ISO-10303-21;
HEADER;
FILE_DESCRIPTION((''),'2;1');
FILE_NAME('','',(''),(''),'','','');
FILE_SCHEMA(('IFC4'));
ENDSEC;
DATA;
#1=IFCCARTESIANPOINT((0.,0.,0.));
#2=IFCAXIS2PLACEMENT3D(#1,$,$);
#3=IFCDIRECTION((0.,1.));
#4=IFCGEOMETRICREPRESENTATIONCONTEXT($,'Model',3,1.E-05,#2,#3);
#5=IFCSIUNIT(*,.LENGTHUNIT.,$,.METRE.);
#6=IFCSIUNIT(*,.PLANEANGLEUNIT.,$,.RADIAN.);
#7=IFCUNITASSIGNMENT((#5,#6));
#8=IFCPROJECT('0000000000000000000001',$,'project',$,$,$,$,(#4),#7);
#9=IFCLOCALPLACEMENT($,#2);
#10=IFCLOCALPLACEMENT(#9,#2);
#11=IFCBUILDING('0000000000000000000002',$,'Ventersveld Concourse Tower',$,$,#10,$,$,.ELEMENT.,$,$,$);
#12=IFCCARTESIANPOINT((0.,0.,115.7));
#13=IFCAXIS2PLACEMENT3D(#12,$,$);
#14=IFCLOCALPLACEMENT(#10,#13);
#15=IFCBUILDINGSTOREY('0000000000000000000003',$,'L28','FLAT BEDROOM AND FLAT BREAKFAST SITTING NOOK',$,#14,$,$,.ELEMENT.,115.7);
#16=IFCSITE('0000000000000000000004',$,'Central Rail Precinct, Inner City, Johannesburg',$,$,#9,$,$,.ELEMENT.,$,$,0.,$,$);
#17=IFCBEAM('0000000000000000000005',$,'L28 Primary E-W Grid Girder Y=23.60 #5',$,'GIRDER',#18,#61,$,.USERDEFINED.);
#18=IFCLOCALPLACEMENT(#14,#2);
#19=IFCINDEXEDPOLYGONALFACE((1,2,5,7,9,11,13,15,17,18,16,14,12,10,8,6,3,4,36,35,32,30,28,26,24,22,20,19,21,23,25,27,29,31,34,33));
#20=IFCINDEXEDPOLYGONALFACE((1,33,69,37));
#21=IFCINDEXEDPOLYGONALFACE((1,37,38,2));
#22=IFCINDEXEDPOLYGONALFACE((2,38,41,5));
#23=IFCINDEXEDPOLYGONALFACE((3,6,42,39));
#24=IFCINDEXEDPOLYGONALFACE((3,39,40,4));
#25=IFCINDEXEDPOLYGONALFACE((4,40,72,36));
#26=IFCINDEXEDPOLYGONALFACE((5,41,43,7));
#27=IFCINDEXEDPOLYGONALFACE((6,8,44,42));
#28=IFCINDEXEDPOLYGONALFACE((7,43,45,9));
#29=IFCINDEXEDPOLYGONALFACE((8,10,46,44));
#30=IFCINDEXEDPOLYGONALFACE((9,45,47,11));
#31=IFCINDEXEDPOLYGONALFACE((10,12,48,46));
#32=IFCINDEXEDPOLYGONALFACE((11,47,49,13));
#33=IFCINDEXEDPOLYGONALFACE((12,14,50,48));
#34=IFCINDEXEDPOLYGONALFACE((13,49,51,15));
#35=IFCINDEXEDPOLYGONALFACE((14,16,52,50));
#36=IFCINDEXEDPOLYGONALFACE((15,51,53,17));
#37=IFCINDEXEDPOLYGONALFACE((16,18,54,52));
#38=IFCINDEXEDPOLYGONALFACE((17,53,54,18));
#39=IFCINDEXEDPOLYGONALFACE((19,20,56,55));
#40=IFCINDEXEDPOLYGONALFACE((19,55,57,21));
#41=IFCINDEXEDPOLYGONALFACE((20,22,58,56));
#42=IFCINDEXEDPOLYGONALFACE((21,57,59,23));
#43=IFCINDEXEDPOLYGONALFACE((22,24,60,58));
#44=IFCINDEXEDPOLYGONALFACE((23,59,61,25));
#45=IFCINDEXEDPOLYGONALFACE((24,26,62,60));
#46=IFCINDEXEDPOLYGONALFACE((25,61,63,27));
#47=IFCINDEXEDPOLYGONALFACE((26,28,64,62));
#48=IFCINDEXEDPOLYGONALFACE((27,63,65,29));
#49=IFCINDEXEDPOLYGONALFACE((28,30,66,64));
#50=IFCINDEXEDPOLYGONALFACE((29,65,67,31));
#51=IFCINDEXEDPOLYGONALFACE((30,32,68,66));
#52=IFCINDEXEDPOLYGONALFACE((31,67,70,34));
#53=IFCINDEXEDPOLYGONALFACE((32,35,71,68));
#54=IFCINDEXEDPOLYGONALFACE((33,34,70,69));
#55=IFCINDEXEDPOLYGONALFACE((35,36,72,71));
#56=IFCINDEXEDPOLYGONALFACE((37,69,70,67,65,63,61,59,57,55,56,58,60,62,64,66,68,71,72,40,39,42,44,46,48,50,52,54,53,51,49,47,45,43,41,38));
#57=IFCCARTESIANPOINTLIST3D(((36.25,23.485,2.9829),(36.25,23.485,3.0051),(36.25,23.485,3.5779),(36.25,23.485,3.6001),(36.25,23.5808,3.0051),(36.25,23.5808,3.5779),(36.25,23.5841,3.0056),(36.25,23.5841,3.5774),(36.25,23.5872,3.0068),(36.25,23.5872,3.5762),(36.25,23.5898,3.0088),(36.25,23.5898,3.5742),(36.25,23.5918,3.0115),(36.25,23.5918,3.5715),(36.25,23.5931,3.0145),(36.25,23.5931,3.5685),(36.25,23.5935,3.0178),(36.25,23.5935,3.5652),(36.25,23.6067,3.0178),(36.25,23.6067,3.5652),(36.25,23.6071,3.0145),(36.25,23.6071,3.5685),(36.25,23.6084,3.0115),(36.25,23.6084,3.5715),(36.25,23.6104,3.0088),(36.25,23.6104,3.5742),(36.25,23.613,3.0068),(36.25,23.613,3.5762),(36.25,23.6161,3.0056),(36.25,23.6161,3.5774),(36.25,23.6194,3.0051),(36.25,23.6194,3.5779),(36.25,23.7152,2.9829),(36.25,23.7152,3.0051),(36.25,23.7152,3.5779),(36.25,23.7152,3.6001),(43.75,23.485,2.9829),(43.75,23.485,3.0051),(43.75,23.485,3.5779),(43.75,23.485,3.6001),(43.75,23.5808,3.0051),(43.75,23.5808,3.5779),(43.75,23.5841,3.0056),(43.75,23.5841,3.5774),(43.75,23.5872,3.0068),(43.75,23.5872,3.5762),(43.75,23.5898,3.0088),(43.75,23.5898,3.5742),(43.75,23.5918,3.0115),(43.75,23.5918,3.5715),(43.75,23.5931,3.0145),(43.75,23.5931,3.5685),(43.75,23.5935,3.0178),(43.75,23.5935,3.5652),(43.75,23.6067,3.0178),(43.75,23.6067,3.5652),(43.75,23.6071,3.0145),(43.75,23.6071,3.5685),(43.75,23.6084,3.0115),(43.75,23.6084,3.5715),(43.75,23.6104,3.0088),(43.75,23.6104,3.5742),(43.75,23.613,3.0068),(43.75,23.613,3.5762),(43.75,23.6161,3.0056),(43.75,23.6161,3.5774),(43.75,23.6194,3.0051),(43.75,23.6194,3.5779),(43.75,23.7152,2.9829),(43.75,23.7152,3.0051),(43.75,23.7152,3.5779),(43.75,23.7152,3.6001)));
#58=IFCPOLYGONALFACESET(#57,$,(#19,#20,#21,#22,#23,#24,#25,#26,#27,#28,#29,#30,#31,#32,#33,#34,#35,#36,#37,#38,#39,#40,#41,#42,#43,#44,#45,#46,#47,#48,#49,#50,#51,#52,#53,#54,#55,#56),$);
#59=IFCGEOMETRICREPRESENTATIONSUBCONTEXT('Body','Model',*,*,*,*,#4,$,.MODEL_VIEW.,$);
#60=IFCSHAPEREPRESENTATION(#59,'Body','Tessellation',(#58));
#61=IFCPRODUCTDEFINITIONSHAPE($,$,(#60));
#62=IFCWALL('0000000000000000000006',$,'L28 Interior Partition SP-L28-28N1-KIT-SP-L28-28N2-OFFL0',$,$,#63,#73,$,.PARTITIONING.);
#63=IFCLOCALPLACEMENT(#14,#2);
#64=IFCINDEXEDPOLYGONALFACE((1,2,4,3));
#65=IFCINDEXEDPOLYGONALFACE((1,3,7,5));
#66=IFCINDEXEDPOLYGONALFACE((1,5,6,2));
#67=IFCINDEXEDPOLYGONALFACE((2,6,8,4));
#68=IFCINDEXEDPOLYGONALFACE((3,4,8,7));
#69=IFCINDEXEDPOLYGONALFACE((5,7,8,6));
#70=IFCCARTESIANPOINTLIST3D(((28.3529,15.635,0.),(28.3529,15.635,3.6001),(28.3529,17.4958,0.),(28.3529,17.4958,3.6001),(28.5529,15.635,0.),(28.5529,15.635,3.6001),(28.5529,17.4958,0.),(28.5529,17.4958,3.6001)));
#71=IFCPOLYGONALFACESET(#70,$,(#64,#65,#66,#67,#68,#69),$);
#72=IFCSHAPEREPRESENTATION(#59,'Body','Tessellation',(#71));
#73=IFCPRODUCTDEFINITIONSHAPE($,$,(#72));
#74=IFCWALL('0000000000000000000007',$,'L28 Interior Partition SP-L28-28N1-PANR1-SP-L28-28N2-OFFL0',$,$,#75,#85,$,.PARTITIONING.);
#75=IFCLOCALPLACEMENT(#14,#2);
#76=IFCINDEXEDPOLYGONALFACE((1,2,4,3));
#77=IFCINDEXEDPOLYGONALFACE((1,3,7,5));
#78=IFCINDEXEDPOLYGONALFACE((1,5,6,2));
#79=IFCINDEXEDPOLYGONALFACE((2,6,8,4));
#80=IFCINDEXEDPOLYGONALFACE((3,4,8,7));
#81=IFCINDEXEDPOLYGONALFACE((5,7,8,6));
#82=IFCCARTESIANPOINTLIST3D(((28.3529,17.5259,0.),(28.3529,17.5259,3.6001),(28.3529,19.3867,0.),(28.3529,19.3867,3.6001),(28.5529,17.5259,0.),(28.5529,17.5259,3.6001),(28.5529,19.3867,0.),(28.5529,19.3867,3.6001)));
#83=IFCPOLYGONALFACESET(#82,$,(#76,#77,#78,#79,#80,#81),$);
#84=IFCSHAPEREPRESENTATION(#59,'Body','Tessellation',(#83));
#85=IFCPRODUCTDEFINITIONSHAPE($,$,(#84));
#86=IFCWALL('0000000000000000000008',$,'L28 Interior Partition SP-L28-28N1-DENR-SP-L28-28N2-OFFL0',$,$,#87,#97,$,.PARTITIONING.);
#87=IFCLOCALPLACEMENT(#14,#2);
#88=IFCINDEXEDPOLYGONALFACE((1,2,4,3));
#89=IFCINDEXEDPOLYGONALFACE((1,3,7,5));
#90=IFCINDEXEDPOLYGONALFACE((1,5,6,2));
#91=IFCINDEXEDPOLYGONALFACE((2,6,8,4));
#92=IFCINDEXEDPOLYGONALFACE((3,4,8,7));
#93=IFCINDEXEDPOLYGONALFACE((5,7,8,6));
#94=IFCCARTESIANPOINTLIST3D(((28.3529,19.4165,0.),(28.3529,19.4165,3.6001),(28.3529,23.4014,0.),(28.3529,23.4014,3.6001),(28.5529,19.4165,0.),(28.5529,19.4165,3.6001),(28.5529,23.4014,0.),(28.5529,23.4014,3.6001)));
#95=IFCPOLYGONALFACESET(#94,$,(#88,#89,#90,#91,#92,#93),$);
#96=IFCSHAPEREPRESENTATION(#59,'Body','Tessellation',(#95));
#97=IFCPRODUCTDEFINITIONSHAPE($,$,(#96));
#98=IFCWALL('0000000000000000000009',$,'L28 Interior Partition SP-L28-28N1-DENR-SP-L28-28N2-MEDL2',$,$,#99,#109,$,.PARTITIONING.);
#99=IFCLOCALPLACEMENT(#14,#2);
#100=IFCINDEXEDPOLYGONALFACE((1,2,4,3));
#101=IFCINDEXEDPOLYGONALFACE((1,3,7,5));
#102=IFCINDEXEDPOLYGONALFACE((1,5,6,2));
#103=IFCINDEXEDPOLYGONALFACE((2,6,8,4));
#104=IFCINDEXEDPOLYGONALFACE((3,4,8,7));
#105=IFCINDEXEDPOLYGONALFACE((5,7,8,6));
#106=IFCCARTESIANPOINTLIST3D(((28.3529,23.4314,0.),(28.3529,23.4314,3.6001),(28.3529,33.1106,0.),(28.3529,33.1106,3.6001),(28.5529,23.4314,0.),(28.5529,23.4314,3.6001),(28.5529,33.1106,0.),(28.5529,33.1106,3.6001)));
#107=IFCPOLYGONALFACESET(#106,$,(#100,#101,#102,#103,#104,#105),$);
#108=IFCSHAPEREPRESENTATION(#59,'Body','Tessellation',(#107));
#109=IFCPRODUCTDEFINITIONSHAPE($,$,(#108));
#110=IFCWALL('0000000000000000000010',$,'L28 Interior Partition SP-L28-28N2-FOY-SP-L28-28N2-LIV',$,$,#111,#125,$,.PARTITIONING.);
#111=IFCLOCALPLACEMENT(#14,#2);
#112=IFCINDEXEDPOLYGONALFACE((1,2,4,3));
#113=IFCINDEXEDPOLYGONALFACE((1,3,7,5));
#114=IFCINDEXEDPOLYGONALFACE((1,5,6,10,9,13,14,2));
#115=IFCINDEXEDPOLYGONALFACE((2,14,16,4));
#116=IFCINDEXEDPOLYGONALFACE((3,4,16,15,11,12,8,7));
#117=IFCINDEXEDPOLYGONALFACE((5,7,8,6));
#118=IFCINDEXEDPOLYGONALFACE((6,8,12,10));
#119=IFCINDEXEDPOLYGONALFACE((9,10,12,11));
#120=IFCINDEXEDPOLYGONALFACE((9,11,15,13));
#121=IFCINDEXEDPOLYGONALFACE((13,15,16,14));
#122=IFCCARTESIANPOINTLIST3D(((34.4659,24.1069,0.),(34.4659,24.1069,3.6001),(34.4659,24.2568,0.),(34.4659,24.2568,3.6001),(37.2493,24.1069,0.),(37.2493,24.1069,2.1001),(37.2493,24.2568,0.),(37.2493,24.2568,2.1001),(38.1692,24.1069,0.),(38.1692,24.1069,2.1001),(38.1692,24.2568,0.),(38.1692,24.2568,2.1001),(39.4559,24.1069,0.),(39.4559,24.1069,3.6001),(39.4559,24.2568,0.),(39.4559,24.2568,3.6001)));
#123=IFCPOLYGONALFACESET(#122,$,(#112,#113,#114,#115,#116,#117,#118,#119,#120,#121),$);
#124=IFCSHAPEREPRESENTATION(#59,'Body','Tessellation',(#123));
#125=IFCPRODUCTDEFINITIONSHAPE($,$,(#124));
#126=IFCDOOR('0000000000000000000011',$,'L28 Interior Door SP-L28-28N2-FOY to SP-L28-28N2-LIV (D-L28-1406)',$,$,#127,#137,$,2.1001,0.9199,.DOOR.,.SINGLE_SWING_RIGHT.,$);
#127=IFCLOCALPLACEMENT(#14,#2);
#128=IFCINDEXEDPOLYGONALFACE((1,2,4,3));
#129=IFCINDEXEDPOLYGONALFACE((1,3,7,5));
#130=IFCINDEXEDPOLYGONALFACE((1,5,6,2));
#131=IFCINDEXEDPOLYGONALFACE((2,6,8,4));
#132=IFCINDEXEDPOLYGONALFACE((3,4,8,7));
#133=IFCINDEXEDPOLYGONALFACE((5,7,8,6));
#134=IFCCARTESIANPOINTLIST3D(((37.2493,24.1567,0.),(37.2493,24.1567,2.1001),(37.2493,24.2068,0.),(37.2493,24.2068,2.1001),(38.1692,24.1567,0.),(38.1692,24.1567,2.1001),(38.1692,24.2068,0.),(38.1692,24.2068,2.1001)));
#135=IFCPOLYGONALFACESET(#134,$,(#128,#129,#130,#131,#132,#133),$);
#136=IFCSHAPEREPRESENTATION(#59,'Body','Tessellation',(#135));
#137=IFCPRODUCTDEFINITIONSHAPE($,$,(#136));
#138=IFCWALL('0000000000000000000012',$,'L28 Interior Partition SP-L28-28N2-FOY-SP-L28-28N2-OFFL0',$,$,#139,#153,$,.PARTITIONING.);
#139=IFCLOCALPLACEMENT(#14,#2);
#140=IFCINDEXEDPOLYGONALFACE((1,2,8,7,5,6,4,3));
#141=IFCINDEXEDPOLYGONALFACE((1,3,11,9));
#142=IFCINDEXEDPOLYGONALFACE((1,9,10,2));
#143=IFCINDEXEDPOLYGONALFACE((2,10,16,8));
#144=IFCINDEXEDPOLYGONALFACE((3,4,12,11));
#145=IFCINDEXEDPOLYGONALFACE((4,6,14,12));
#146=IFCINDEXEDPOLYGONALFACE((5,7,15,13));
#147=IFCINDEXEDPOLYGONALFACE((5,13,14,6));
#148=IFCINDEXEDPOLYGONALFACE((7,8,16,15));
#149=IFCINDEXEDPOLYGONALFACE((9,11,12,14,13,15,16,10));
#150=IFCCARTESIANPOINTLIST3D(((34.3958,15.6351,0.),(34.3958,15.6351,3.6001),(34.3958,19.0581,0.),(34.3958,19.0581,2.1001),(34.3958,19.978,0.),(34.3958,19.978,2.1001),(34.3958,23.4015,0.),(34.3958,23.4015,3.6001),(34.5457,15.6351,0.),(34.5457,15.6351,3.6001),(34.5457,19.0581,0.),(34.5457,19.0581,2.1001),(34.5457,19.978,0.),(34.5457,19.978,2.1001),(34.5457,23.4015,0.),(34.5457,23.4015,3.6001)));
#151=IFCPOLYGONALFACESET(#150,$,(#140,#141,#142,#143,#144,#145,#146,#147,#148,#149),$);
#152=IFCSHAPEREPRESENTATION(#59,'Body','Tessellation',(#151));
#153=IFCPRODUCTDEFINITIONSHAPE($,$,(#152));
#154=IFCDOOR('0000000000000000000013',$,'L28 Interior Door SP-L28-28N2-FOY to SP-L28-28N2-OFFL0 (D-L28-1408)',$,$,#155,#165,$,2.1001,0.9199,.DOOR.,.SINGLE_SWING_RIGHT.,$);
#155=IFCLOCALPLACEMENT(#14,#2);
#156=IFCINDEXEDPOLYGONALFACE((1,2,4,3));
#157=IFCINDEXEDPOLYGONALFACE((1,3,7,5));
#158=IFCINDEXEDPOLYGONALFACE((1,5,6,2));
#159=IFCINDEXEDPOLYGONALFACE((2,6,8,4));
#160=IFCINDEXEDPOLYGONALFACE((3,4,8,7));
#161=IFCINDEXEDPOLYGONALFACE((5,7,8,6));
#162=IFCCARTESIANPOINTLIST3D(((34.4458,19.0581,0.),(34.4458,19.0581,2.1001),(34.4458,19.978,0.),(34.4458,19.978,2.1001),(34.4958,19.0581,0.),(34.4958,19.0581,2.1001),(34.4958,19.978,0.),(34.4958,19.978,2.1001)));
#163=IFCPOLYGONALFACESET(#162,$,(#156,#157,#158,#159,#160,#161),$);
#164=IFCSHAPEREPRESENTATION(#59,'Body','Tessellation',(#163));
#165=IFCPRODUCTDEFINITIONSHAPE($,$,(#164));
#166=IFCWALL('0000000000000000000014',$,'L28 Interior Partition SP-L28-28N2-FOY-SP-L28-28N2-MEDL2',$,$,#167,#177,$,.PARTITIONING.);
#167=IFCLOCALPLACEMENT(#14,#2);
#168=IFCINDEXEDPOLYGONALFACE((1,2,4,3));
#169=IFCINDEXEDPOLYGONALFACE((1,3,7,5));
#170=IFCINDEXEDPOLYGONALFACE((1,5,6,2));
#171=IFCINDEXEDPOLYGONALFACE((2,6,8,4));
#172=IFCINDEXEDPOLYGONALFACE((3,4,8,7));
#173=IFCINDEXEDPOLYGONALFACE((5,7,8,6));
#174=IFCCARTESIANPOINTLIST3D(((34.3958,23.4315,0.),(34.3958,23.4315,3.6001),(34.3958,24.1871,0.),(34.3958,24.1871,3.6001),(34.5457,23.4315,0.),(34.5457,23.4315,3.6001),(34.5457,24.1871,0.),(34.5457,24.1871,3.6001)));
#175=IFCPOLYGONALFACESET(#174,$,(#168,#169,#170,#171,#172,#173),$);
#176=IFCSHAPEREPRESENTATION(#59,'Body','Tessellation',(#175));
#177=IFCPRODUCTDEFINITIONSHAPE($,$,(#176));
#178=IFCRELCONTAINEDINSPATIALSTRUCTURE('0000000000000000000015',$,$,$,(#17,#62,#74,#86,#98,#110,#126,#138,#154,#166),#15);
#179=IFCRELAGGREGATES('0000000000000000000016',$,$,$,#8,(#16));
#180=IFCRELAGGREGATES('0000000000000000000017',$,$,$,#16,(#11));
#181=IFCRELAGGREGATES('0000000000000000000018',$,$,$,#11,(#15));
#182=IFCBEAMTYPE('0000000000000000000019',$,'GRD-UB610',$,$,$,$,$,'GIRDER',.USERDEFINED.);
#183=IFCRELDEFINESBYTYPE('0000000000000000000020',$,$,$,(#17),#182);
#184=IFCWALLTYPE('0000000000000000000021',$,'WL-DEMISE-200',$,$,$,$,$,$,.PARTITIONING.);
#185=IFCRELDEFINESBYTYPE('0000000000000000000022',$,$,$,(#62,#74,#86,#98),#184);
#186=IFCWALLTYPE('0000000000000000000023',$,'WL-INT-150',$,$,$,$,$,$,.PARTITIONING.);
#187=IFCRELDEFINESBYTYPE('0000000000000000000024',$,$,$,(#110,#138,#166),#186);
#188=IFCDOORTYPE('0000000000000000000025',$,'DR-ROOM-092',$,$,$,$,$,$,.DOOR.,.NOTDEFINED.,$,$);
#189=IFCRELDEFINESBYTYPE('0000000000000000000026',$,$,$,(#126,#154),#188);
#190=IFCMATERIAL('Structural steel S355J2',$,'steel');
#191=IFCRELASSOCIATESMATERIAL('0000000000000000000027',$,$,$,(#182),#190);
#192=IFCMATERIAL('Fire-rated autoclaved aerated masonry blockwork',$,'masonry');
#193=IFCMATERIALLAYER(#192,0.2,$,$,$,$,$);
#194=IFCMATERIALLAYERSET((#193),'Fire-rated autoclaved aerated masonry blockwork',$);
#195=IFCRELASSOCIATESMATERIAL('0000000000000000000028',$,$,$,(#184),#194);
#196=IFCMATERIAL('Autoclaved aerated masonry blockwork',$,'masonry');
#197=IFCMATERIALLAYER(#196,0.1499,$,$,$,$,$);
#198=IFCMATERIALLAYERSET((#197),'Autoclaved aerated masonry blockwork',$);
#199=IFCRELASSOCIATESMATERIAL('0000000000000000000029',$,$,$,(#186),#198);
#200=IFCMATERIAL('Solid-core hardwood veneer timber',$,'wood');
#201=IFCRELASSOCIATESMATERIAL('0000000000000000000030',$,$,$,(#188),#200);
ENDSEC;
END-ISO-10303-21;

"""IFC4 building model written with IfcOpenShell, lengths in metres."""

from ifc_helpers import new_model, si_unit, direction, frame, frame_2d, origin, origin_2d, place, context, subcontext, project, spatial, rectangle, i_section, extrude, material, layer, layer_set, material_profile, profile_set, type_object, element, fill, save


model = new_model("IFC4")

# Units and contexts
model_context = context("Model", 3, precision=1e-05, world=origin(), true_north=direction((0.0, 1.0)))
body_context = subcontext(model_context, "Body", "Model", "MODEL_VIEW")
ifc_project = project(units=[si_unit("LENGTHUNIT", "METRE"), si_unit("PLANEANGLEUNIT", "RADIAN")], contexts=[model_context])

# Site, building, storey
site_placement = place(None, origin())
site = spatial("IfcSite", under=ifc_project, at=site_placement, Name="Central Rail Precinct, Inner City, Johannesburg", CompositionType="ELEMENT", RefElevation=0.0)
building_placement = place(site_placement, origin())
building = spatial("IfcBuilding", under=site, at=building_placement, Name="Ventersveld Concourse Tower", CompositionType="ELEMENT")
storey_placement = place(building_placement, frame((0.0, 0.0, 115.7)))
storey = spatial("IfcBuildingStorey", under=building, at=storey_placement, Name="L28", Description="FLAT BEDROOM AND FLAT BREAKFAST SITTING NOOK", CompositionType="ELEMENT", Elevation=115.7)

# Beam
ifc_material_1 = material(Name="Structural steel S355J2", Category="steel")
ifc_material_profile_1 = material_profile(ifc_material_1, i_section(OverallWidth=0.2302, OverallDepth=0.6172, WebThickness=0.0132, FlangeThickness=0.0222, FilletRadius=0.0127, at=origin_2d()), Name="UB 610x229x140")
ifc_profile_set_1 = profile_set([ifc_material_profile_1], Name="Structural steel S355J2")
beam_type_1 = type_object("IfcBeamType", Name="GRD-UB610", ElementType="GIRDER", PredefinedType="USERDEFINED", material=ifc_profile_set_1)
for number, where, z_axis, x_axis, name in (
    (1, (36.25, 23.6001, 3.2915), (1.0, 0.0, 0.0), (0.0, 1.0, 0.0), "L28 Primary E-W Grid Girder Y=23.60 #5"),
):
    element("IfcBeam", number, at=place(storey_placement, frame(where, z_axis=z_axis, x_axis=x_axis)), inside=storey, type_object=beam_type_1, Name=name, ObjectType="GIRDER", PredefinedType="USERDEFINED", context=body_context, shape_type="SweptSolid", body=[
        extrude(i_section(OverallWidth=0.2302, OverallDepth=0.6172, WebThickness=0.0132, FlangeThickness=0.0222, FilletRadius=0.0127, at=origin_2d()), origin(), (0.0, 0.0, 1.0), 7.5),
    ])

# Walls
ifc_material_2 = material(Name="Fire-rated autoclaved aerated masonry blockwork", Category="masonry")
ifc_layer_1 = layer(ifc_material_2, 0.2)
ifc_layer_set_1 = layer_set([ifc_layer_1], Name="Fire-rated autoclaved aerated masonry blockwork")
wall_type_1 = type_object("IfcWallType", Name="WL-DEMISE-200", PredefinedType="PARTITIONING", material=ifc_layer_set_1)
for number, where, z_axis, x_axis, name in (
    (2, (28.4529, 15.635, 0.0), (0.0, 0.0, 1.0), (0.0, 1.0, 0.0), "L28 Interior Partition SP-L28-28N1-KIT-SP-L28-28N2-OFFL0"),
    (3, (28.4529, 17.5259, 0.0), (0.0, 0.0, 1.0), (0.0, 1.0, 0.0), "L28 Interior Partition SP-L28-28N1-PANR1-SP-L28-28N2-OFFL0"),
):
    element("IfcWall", number, at=place(storey_placement, frame(where, z_axis=z_axis, x_axis=x_axis)), inside=storey, type_object=wall_type_1, Name=name, PredefinedType="PARTITIONING", context=body_context, shape_type="SweptSolid", body=[
        extrude(rectangle(XDim=1.8608, YDim=0.2, at=frame_2d((0.9304, 0.0))), origin(), (0.0, 0.0, 1.0), 3.6001),
    ])
wall_1_placement = place(storey_placement, frame((28.4529, 19.4165, 0.0), z_axis=(0.0, 0.0, 1.0), x_axis=(0.0, 1.0, 0.0)))
element("IfcWall", 4, at=wall_1_placement, inside=storey, type_object=wall_type_1, Name="L28 Interior Partition SP-L28-28N1-DENR-SP-L28-28N2-OFFL0", PredefinedType="PARTITIONING", context=body_context, shape_type="SweptSolid", body=[
    extrude(rectangle(XDim=3.9849, YDim=0.2, at=frame_2d((1.9924, 0.0))), origin(), (0.0, 0.0, 1.0), 3.6001),
])
wall_2_placement = place(storey_placement, frame((28.4529, 23.4314, 0.0), z_axis=(0.0, 0.0, 1.0), x_axis=(0.0, 1.0, 0.0)))
element("IfcWall", 5, at=wall_2_placement, inside=storey, type_object=wall_type_1, Name="L28 Interior Partition SP-L28-28N1-DENR-SP-L28-28N2-MEDL2", PredefinedType="PARTITIONING", context=body_context, shape_type="SweptSolid", body=[
    extrude(rectangle(XDim=9.6792, YDim=0.2, at=frame_2d((4.8396, 0.0))), origin(), (0.0, 0.0, 1.0), 3.6001),
])

# Walls, openings, doors
ifc_material_3 = material(Name="Autoclaved aerated masonry blockwork", Category="masonry")
ifc_layer_2 = layer(ifc_material_3, 0.1499)
ifc_layer_set_2 = layer_set([ifc_layer_2], Name="Autoclaved aerated masonry blockwork")
wall_type_2 = type_object("IfcWallType", Name="WL-INT-150", PredefinedType="PARTITIONING", material=ifc_layer_set_2)
wall_3_placement = place(storey_placement, frame((34.4658, 24.1819, 0.0), z_axis=(0.0, 0.0, 1.0), x_axis=(1.0, 0.0, 0.0)))
wall_3 = element("IfcWall", 6, at=wall_3_placement, inside=storey, type_object=wall_type_2, Name="L28 Interior Partition SP-L28-28N2-FOY-SP-L28-28N2-LIV", PredefinedType="PARTITIONING", context=body_context, shape_type="SweptSolid", body=[
    extrude(rectangle(XDim=4.99, YDim=0.1499, at=frame_2d((2.4951, 0.0))), origin(), (0.0, 0.0, 1.0), 3.6001),
])
opening_1_placement = place(wall_3_placement, frame((2.7834, 0.0, 0.0)))
opening_1 = element("IfcOpeningElement", 7, at=opening_1_placement, cuts=wall_3, PredefinedType="OPENING", context=body_context, shape_type="SweptSolid", body=[
    extrude(rectangle(XDim=0.9199, YDim=2.1001, at=frame_2d((0.46, 1.05))), frame((0.0, 0.085, 0.0), z_axis=(0.0, -1.0, 0.0), x_axis=(1.0, 0.0, 0.0)), (0.0, 0.0, 1.0), 0.1699),
])
ifc_material_4 = material(Name="Solid-core hardwood veneer timber", Category="wood")
door_type = type_object("IfcDoorType", Name="DR-ROOM-092", OperationType="NOTDEFINED", PredefinedType="DOOR", material=ifc_material_4)
door_1_placement = place(opening_1_placement, origin())
door_1 = element("IfcDoor", 8, at=door_1_placement, inside=storey, type_object=door_type, Name="L28 Interior Door SP-L28-28N2-FOY to SP-L28-28N2-LIV (D-L28-1406)", OperationType="SINGLE_SWING_RIGHT", OverallHeight=2.1001, OverallWidth=0.9199, PredefinedType="DOOR", context=body_context, shape_type="SweptSolid", body=[
    extrude(rectangle(XDim=0.9199, YDim=2.1001, at=frame_2d((0.46, 1.05))), frame((0.0, 0.0249, 0.0), z_axis=(0.0, -1.0, 0.0), x_axis=(1.0, 0.0, 0.0)), (0.0, 0.0, 1.0), 0.05),
])
fill(opening_1, door_1)
wall_4_placement = place(storey_placement, frame((34.4707, 15.635, 0.0), z_axis=(0.0, 0.0, 1.0), x_axis=(0.0, 1.0, 0.0)))
wall_4 = element("IfcWall", 9, at=wall_4_placement, inside=storey, type_object=wall_type_2, Name="L28 Interior Partition SP-L28-28N2-FOY-SP-L28-28N2-OFFL0", PredefinedType="PARTITIONING", context=body_context, shape_type="SweptSolid", body=[
    extrude(rectangle(XDim=7.7664, YDim=0.1499, at=frame_2d((3.8833, 0.0))), origin(), (0.0, 0.0, 1.0), 3.6001),
])
opening_2_placement = place(wall_4_placement, frame((3.4231, 0.0, 0.0)))
opening_2 = element("IfcOpeningElement", 10, at=opening_2_placement, cuts=wall_4, PredefinedType="OPENING", context=body_context, shape_type="SweptSolid", body=[
    extrude(rectangle(XDim=0.9199, YDim=2.1001, at=frame_2d((0.46, 1.05))), frame((0.0, 0.085, 0.0), z_axis=(0.0, -1.0, 0.0), x_axis=(1.0, 0.0, 0.0)), (0.0, 0.0, 1.0), 0.1699),
])
door_2_placement = place(opening_2_placement, origin())
door_2 = element("IfcDoor", 11, at=door_2_placement, inside=storey, type_object=door_type, Name="L28 Interior Door SP-L28-28N2-FOY to SP-L28-28N2-OFFL0 (D-L28-1408)", OperationType="SINGLE_SWING_RIGHT", OverallHeight=2.1001, OverallWidth=0.9199, PredefinedType="DOOR", context=body_context, shape_type="SweptSolid", body=[
    extrude(rectangle(XDim=0.9199, YDim=2.1001, at=frame_2d((0.46, 1.05))), frame((0.0, 0.0249, 0.0), z_axis=(0.0, -1.0, 0.0), x_axis=(1.0, 0.0, 0.0)), (0.0, 0.0, 1.0), 0.05),
])
fill(opening_2, door_2)

# Wall
wall_5_placement = place(storey_placement, frame((34.4707, 23.4314, 0.0), z_axis=(0.0, 0.0, 1.0), x_axis=(0.0, 1.0, 0.0)))
element("IfcWall", 12, at=wall_5_placement, inside=storey, type_object=wall_type_2, Name="L28 Interior Partition SP-L28-28N2-FOY-SP-L28-28N2-MEDL2", PredefinedType="PARTITIONING", context=body_context, shape_type="SweptSolid", body=[
    extrude(rectangle(XDim=0.7556, YDim=0.1499, at=frame_2d((0.3779, 0.0))), origin(), (0.0, 0.0, 1.0), 3.6001),
])

save(model, "model.ifc")
